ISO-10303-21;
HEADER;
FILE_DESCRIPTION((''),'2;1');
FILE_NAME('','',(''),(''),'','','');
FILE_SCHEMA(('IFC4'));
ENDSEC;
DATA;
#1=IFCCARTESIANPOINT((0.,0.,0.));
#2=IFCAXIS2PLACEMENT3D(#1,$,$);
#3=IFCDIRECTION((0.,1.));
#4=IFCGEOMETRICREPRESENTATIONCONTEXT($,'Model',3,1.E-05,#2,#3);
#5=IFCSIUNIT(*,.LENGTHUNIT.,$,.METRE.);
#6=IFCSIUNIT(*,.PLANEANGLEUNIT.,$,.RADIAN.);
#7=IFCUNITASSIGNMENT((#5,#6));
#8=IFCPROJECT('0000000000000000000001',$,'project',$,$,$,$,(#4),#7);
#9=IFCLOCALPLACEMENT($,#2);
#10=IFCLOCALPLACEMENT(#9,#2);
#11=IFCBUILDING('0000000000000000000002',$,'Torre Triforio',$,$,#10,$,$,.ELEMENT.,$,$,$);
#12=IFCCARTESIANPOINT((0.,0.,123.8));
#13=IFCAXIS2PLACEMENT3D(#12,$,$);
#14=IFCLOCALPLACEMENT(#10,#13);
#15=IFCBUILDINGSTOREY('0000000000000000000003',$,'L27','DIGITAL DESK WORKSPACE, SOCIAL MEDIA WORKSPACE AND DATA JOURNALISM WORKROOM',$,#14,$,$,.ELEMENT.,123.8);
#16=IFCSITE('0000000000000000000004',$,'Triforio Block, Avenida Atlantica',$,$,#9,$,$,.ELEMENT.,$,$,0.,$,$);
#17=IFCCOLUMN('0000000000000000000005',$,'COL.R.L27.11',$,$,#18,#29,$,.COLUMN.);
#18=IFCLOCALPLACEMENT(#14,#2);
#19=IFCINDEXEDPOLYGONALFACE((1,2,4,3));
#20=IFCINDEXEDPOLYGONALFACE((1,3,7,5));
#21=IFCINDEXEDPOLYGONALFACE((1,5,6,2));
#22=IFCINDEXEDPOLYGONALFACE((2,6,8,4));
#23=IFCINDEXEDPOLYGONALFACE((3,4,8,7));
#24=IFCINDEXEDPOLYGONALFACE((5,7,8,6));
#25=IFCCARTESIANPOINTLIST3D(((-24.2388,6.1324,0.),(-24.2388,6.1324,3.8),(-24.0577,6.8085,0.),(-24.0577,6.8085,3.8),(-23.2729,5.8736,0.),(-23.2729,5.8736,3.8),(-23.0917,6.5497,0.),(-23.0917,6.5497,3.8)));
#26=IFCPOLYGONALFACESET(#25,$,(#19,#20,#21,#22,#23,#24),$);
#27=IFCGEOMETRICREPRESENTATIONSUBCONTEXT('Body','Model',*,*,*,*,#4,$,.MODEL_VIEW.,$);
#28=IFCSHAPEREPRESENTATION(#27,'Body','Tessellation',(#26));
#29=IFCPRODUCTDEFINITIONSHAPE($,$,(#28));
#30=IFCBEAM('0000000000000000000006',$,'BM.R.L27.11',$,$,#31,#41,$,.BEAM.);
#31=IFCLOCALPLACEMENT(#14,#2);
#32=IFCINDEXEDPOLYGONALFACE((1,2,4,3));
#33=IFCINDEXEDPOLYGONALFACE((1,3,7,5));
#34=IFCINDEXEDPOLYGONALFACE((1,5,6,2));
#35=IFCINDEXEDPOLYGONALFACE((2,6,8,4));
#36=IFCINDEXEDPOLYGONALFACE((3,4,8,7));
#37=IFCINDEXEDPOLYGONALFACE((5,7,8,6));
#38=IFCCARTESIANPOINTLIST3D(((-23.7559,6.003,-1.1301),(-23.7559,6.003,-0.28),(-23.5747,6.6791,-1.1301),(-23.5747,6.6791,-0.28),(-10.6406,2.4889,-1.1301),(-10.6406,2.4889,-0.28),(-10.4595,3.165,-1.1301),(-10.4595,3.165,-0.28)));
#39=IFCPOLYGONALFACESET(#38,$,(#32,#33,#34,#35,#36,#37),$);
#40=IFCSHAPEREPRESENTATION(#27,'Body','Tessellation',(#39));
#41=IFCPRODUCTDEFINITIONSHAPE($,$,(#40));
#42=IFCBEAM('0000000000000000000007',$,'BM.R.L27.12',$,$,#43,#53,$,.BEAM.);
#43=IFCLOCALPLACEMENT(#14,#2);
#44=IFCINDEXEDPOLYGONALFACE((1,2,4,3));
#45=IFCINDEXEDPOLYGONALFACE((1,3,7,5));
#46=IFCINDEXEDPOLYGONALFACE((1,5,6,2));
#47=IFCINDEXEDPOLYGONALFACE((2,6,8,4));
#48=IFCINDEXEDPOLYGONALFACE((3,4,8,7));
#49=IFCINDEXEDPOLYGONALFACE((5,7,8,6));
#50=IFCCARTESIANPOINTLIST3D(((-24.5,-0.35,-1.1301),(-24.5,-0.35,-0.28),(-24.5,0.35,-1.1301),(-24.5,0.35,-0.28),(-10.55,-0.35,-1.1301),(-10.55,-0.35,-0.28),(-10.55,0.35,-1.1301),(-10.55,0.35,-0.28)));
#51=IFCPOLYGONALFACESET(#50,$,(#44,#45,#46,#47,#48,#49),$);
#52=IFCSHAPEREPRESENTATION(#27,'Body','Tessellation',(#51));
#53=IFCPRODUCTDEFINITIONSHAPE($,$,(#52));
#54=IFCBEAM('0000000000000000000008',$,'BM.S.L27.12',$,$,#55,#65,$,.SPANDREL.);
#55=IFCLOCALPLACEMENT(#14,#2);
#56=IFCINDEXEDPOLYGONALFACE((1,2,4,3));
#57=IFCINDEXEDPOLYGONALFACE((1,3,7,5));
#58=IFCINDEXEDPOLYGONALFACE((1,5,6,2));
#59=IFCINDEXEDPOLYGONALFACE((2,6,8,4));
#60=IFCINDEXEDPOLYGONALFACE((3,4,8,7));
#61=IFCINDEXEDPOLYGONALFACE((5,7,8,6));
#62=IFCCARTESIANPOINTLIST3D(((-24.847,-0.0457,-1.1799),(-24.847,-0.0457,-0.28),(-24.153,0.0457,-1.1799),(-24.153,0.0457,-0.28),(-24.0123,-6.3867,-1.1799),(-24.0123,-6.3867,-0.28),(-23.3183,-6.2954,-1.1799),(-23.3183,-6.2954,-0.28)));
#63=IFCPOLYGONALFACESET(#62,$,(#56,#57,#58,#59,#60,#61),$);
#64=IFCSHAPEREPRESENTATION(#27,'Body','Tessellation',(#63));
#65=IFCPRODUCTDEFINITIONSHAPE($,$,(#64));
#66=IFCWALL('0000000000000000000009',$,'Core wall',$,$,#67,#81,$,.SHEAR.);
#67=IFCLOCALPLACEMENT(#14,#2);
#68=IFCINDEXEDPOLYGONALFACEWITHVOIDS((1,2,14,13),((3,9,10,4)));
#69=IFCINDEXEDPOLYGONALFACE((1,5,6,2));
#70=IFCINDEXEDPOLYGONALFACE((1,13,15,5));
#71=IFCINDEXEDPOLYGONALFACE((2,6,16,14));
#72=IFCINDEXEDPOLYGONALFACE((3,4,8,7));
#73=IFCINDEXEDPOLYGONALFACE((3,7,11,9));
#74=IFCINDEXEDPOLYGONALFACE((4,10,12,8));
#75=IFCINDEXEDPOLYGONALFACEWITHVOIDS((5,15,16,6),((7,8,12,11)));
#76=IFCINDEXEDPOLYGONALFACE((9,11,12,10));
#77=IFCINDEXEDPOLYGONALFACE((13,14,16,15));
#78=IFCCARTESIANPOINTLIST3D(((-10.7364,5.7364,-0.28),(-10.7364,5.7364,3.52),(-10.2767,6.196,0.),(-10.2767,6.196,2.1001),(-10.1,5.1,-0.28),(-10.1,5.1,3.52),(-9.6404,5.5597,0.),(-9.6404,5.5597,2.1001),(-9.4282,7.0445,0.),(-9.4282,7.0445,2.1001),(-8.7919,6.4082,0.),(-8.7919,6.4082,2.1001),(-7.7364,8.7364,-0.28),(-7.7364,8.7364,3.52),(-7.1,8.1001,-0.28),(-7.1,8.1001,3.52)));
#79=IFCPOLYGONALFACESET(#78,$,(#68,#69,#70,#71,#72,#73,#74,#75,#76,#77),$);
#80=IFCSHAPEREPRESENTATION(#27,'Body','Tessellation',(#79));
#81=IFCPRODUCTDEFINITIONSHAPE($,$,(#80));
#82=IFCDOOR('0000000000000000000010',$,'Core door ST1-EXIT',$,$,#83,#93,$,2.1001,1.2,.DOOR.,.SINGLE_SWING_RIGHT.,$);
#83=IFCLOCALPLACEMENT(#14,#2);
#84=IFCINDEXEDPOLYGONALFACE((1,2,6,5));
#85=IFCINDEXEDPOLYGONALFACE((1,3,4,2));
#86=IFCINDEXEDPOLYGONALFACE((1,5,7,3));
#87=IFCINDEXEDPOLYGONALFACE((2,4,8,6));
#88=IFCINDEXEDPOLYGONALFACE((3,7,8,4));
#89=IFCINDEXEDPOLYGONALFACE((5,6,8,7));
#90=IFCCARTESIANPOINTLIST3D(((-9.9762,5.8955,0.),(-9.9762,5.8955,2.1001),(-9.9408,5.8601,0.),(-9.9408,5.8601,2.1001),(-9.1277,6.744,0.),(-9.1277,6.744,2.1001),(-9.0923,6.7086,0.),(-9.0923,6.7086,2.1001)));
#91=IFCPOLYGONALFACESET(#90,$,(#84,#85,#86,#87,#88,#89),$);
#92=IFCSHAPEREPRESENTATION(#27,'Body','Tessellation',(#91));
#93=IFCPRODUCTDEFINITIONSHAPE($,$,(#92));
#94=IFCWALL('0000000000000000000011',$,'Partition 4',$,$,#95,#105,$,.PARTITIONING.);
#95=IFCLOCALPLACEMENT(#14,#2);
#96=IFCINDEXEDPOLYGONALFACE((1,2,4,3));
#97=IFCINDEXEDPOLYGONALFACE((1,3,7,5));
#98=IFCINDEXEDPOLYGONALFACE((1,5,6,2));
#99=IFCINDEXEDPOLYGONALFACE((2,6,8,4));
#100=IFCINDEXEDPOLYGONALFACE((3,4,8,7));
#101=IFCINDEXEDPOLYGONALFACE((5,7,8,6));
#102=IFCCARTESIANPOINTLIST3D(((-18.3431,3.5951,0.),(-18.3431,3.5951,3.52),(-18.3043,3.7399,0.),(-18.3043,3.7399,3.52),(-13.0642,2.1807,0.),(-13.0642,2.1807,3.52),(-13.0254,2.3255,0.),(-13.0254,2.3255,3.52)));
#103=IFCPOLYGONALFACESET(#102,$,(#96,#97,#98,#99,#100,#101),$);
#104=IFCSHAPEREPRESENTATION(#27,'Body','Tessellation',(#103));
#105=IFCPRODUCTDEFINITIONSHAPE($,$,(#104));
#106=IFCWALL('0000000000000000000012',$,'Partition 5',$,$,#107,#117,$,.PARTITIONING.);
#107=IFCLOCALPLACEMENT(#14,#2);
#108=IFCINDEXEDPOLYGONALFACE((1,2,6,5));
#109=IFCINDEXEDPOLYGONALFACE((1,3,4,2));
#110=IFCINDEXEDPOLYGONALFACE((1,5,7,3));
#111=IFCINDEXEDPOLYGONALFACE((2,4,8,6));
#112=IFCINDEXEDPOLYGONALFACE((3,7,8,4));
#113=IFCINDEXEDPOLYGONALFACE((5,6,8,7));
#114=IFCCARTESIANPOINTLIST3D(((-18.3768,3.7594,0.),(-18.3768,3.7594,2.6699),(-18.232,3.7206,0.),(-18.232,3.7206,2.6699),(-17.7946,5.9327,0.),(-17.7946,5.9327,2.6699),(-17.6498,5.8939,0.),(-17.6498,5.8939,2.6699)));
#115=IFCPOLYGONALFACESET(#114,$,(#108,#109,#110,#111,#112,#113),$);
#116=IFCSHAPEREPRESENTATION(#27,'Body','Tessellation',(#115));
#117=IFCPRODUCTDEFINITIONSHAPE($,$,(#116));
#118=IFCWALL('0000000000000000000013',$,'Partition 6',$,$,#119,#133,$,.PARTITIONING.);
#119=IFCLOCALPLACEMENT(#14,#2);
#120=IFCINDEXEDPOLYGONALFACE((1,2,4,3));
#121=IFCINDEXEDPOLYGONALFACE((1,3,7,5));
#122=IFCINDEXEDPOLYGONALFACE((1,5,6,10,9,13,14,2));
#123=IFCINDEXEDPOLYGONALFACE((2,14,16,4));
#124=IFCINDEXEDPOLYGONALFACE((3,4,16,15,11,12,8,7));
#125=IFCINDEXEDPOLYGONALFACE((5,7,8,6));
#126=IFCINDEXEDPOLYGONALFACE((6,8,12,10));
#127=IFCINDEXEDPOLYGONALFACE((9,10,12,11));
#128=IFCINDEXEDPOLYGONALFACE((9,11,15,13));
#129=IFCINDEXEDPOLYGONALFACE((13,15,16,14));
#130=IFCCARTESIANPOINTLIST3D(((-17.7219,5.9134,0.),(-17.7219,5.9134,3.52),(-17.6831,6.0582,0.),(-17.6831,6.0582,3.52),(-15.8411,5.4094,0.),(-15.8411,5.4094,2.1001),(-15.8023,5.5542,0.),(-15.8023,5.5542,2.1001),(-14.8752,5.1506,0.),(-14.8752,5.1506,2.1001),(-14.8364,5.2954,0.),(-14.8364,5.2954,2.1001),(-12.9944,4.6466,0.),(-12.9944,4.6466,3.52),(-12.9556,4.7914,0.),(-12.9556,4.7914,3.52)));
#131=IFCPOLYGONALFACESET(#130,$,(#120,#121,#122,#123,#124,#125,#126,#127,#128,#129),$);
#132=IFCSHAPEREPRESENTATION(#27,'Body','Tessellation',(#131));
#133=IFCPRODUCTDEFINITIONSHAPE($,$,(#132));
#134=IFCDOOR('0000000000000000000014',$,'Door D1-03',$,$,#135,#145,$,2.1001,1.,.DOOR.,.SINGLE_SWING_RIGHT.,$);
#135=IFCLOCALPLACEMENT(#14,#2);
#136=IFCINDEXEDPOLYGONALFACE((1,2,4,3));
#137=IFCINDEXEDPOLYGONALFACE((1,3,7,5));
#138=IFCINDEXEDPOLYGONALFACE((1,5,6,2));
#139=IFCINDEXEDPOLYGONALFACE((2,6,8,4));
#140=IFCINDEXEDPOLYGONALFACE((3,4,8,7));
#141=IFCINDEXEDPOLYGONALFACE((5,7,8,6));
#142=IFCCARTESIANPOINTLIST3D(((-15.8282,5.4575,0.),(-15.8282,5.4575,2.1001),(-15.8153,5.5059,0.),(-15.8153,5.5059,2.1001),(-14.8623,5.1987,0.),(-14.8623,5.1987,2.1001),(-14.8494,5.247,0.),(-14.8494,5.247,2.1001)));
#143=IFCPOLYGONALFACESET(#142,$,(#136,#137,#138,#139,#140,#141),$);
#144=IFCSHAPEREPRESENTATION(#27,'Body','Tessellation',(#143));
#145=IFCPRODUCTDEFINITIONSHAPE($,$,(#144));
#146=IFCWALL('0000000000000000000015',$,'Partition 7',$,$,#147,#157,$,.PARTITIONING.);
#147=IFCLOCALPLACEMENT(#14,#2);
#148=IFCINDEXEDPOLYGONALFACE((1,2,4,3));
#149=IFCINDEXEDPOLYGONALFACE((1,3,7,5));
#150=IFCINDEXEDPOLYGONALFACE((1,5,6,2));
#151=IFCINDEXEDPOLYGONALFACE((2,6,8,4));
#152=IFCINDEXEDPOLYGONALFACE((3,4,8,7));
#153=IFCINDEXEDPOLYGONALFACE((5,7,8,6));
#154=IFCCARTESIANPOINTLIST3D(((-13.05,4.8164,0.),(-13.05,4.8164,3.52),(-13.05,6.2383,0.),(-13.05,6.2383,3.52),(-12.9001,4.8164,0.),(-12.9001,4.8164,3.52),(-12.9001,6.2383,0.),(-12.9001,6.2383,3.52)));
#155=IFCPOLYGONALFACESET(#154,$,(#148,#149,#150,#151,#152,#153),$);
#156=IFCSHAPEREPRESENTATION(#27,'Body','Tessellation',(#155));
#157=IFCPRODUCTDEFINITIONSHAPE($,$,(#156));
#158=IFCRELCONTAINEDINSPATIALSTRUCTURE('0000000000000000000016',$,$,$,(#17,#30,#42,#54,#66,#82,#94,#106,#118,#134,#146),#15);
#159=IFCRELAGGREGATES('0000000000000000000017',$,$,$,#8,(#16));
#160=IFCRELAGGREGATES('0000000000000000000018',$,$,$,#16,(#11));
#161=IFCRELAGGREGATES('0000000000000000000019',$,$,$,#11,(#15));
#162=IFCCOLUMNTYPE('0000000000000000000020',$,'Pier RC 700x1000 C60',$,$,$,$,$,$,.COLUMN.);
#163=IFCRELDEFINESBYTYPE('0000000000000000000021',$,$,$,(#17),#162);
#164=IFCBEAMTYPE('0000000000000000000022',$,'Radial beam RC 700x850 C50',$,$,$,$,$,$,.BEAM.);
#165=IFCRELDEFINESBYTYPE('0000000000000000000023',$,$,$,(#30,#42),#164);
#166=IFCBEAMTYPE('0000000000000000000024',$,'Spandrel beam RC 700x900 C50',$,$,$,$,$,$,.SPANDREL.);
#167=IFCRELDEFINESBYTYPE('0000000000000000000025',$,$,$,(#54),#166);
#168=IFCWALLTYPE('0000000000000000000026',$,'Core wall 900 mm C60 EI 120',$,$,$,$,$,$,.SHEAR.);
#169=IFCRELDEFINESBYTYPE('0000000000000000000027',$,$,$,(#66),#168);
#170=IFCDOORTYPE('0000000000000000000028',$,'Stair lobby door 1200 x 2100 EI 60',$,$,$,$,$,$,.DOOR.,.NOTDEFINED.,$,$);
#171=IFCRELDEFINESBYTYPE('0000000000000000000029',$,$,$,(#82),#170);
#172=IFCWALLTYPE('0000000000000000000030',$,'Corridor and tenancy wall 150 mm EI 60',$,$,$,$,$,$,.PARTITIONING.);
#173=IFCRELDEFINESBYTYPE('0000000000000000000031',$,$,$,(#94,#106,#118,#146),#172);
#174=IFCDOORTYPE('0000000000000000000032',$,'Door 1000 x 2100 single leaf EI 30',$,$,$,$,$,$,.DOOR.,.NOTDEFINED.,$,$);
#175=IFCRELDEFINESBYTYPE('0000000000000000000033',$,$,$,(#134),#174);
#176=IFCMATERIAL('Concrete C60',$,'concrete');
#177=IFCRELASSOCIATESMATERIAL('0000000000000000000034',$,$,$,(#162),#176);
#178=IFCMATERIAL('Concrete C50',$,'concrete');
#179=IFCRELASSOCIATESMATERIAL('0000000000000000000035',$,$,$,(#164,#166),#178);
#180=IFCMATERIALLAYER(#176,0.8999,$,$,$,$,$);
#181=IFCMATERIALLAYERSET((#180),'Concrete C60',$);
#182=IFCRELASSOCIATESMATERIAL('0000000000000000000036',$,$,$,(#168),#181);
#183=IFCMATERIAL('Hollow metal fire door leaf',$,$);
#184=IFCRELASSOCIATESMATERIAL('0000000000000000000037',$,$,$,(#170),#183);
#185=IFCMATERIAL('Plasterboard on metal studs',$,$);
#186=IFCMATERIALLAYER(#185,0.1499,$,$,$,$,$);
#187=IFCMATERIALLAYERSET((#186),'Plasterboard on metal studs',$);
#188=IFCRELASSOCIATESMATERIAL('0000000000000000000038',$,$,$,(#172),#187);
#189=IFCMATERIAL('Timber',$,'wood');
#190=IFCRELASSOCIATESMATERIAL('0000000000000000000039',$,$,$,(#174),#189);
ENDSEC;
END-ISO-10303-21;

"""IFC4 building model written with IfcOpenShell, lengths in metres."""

from ifc_helpers import new_model, si_unit, direction, frame, frame_2d, origin, origin_2d, place, context, subcontext, project, spatial, rectangle, extrude, material, layer, layer_set, material_profile, profile_set, type_object, element, fill, save


model = new_model("IFC4")

# Units and contexts
model_context = context("Model", 3, precision=1e-05, world=origin(), true_north=direction((0.0, 1.0)))
body_context = subcontext(model_context, "Body", "Model", "MODEL_VIEW")
ifc_project = project(units=[si_unit("LENGTHUNIT", "METRE"), si_unit("PLANEANGLEUNIT", "RADIAN")], contexts=[model_context])

# Site, building, storey
site_placement = place(None, origin())
site = spatial("IfcSite", under=ifc_project, at=site_placement, Name="Triforio Block, Avenida Atlantica", CompositionType="ELEMENT", RefElevation=0.0)
building_placement = place(site_placement, origin())
building = spatial("IfcBuilding", under=site, at=building_placement, Name="Torre Triforio", CompositionType="ELEMENT")
storey_placement = place(building_placement, frame((0.0, 0.0, 123.8)))
storey = spatial("IfcBuildingStorey", under=building, at=storey_placement, Name="L27", Description="DIGITAL DESK WORKSPACE, SOCIAL MEDIA WORKSPACE AND DATA JOURNALISM WORKROOM", CompositionType="ELEMENT", Elevation=123.8)

# Column
ifc_material_1 = material(Name="Concrete C60", Category="concrete")
ifc_material_profile_1 = material_profile(ifc_material_1, rectangle(XDim=0.7, YDim=1.0, at=origin_2d()), Name="RC 700x1000")
ifc_profile_set_1 = profile_set([ifc_material_profile_1], Name="Concrete C60")
column_type = type_object("IfcColumnType", Name="Pier RC 700x1000 C60", PredefinedType="COLUMN", material=ifc_profile_set_1)
column_placement = place(storey_placement, frame((-23.6653, 6.3411, 0.0), z_axis=(0.0, 0.0, 1.0), x_axis=(-0.258819, -0.965926, 0.0)))
element("IfcColumn", 1, at=column_placement, inside=storey, type_object=column_type, Name="COL.R.L27.11", PredefinedType="COLUMN", context=body_context, shape_type="SweptSolid", body=[
    extrude(rectangle(XDim=0.7, YDim=1.0, at=origin_2d()), origin(), (0.0, 0.0, 1.0), 3.8),
])

# Beams
ifc_material_2 = material(Name="Concrete C50", Category="concrete")
ifc_material_profile_2 = material_profile(ifc_material_2, rectangle(XDim=0.7, YDim=0.8501, at=origin_2d()), Name="RC 700x850")
ifc_profile_set_2 = profile_set([ifc_material_profile_2], Name="Concrete C50")
beam_type_1 = type_object("IfcBeamType", Name="Radial beam RC 700x850 C50", PredefinedType="BEAM", material=ifc_profile_set_2)
beam_1_placement = place(storey_placement, frame((-10.55, 2.8269, -0.7051), z_axis=(-0.965927, 0.258815, 0.0), x_axis=(-0.258815, -0.965927, 0.0)))
element("IfcBeam", 2, at=beam_1_placement, inside=storey, type_object=beam_type_1, Name="BM.R.L27.11", PredefinedType="BEAM", context=body_context, shape_type="SweptSolid", body=[
    extrude(rectangle(XDim=0.7, YDim=0.8501, at=origin_2d()), origin(), (0.0, 0.0, 1.0), 13.5779),
])
beam_2_placement = place(storey_placement, frame((-10.55, 0.0, -0.7051), z_axis=(-1.0, 0.0, 0.0), x_axis=(0.0, -1.0, 0.0)))
element("IfcBeam", 3, at=beam_2_placement, inside=storey, type_object=beam_type_1, Name="BM.R.L27.12", PredefinedType="BEAM", context=body_context, shape_type="SweptSolid", body=[
    extrude(rectangle(XDim=0.7, YDim=0.8501, at=origin_2d()), origin(), (0.0, 0.0, 1.0), 13.95),
])
ifc_material_profile_3 = material_profile(ifc_material_2, rectangle(XDim=0.7, YDim=0.8999, at=origin_2d()), Name="RC 700x900")
ifc_profile_set_3 = profile_set([ifc_material_profile_3], Name="Concrete C50")
beam_type_2 = type_object("IfcBeamType", Name="Spandrel beam RC 700x900 C50", PredefinedType="SPANDREL", material=ifc_profile_set_3)
beam_3_placement = place(storey_placement, frame((-24.5, 0.0, -0.73), z_axis=(0.130511, -0.991447, 0.0), x_axis=(0.991447, 0.130511, 0.0)))
element("IfcBeam", 4, at=beam_3_placement, inside=storey, type_object=beam_type_2, Name="BM.S.L27.12", PredefinedType="SPANDREL", context=body_context, shape_type="SweptSolid", body=[
    extrude(rectangle(XDim=0.7, YDim=0.8999, at=origin_2d()), origin(), (0.0, 0.0, 1.0), 6.3958),
])

# Wall, opening, door
ifc_layer_1 = layer(ifc_material_1, 0.8999)
ifc_layer_set_1 = layer_set([ifc_layer_1], Name="Concrete C60")
wall_type_1 = type_object("IfcWallType", Name="Core wall 900 mm C60 EI 120", PredefinedType="SHEAR", material=ifc_layer_set_1)
wall_1_placement = place(storey_placement, frame((-10.4182, 5.4182, -0.28), z_axis=(0.0, 0.0, 1.0), x_axis=(0.707107, 0.707107, 0.0)))
wall_1 = element("IfcWall", 5, at=wall_1_placement, inside=storey, type_object=wall_type_1, Name="Core wall", PredefinedType="SHEAR", context=body_context, shape_type="SweptSolid", body=[
    extrude(rectangle(XDim=4.2427, YDim=0.8999, at=frame_2d((2.1213, 0.0))), origin(), (0.0, 0.0, 1.0), 3.8),
])
opening_1_placement = place(wall_1_placement, frame((0.6499, 0.0, 0.28)))
opening_1 = element("IfcOpeningElement", 6, at=opening_1_placement, cuts=wall_1, PredefinedType="OPENING", context=body_context, shape_type="SweptSolid", body=[
    extrude(rectangle(XDim=1.2, YDim=2.1001, at=frame_2d((0.6001, 1.05))), frame((0.0, 0.46, 0.0), z_axis=(0.0, -1.0, 0.0), x_axis=(1.0, 0.0, 0.0)), (0.0, 0.0, 1.0), 0.9199),
])
ifc_material_3 = material(Name="Hollow metal fire door leaf")
door_type_1 = type_object("IfcDoorType", Name="Stair lobby door 1200 x 2100 EI 60", OperationType="NOTDEFINED", PredefinedType="DOOR", material=ifc_material_3)
door_1_placement = place(opening_1_placement, origin())
door_1 = element("IfcDoor", 7, at=door_1_placement, inside=storey, type_object=door_type_1, Name="Core door ST1-EXIT", OperationType="SINGLE_SWING_RIGHT", OverallHeight=2.1001, OverallWidth=1.2, PredefinedType="DOOR", context=body_context, shape_type="SweptSolid", body=[
    extrude(rectangle(XDim=1.2, YDim=2.1001, at=frame_2d((0.6001, 1.05))), frame((0.0, 0.0249, 0.0), z_axis=(0.0, -1.0, 0.0), x_axis=(1.0, 0.0, 0.0)), (0.0, 0.0, 1.0), 0.05),
])
fill(opening_1, door_1)

# Walls
ifc_material_4 = material(Name="Plasterboard on metal studs")
ifc_layer_2 = layer(ifc_material_4, 0.1499)
ifc_layer_set_2 = layer_set([ifc_layer_2], Name="Plasterboard on metal studs")
wall_type_2 = type_object("IfcWallType", Name="Corridor and tenancy wall 150 mm EI 60", PredefinedType="PARTITIONING", material=ifc_layer_set_2)
wall_2_placement = place(storey_placement, frame((-13.0449, 2.2532, 0.0), z_axis=(0.0, 0.0, 1.0), x_axis=(-0.965932, 0.258794, 0.0)))
element("IfcWall", 8, at=wall_2_placement, inside=storey, type_object=wall_type_2, Name="Partition 4", PredefinedType="PARTITIONING", context=body_context, shape_type="SweptSolid", body=[
    extrude(rectangle(XDim=5.4651, YDim=0.1499, at=frame_2d((2.7324, 0.0))), origin(), (0.0, 0.0, 1.0), 3.52),
])
wall_3_placement = place(storey_placement, frame((-18.3044, 3.74, 0.0), z_axis=(0.0, 0.0, 1.0), x_axis=(0.25879, 0.965934, 0.0)))
element("IfcWall", 9, at=wall_3_placement, inside=storey, type_object=wall_type_2, Name="Partition 5", PredefinedType="PARTITIONING", context=body_context, shape_type="SweptSolid", body=[
    extrude(rectangle(XDim=2.25, YDim=0.1499, at=frame_2d((1.125, 0.0))), origin(), (0.0, 0.0, 1.0), 2.6699),
])

# Wall, opening, door
wall_4_placement = place(storey_placement, frame((-17.7026, 5.9858, 0.0), z_axis=(0.0, 0.0, 1.0), x_axis=(0.96592, -0.258839, 0.0)))
wall_4 = element("IfcWall", 10, at=wall_4_placement, inside=storey, type_object=wall_type_2, Name="Partition 6", PredefinedType="PARTITIONING", context=body_context, shape_type="SweptSolid", body=[
    extrude(rectangle(XDim=4.8943, YDim=0.1499, at=frame_2d((2.4473, 0.0))), origin(), (0.0, 0.0, 1.0), 3.52),
])
opening_2_placement = place(wall_4_placement, frame((1.9473, 0.0, 0.0)))
opening_2 = element("IfcOpeningElement", 11, at=opening_2_placement, cuts=wall_4, PredefinedType="OPENING", context=body_context, shape_type="SweptSolid", body=[
    extrude(rectangle(XDim=1.0, YDim=2.1001, at=frame_2d((0.5, 1.05))), frame((0.0, 0.085, 0.0), z_axis=(0.0, -1.0, 0.0), x_axis=(1.0, 0.0, 0.0)), (0.0, 0.0, 1.0), 0.1699),
])
ifc_material_5 = material(Name="Timber", Category="wood")
door_type_2 = type_object("IfcDoorType", Name="Door 1000 x 2100 single leaf EI 30", OperationType="NOTDEFINED", PredefinedType="DOOR", material=ifc_material_5)
door_2_placement = place(opening_2_placement, origin())
door_2 = element("IfcDoor", 12, at=door_2_placement, inside=storey, type_object=door_type_2, Name="Door D1-03", OperationType="SINGLE_SWING_RIGHT", OverallHeight=2.1001, OverallWidth=1.0, PredefinedType="DOOR", context=body_context, shape_type="SweptSolid", body=[
    extrude(rectangle(XDim=1.0, YDim=2.1001, at=frame_2d((0.5, 1.05))), frame((0.0, 0.0249, 0.0), z_axis=(0.0, -1.0, 0.0), x_axis=(1.0, 0.0, 0.0)), (0.0, 0.0, 1.0), 0.05),
])
fill(opening_2, door_2)

# Wall
wall_5_placement = place(storey_placement, frame((-12.9751, 4.8164, 0.0), z_axis=(0.0, 0.0, 1.0), x_axis=(0.0, 1.0, 0.0)))
element("IfcWall", 13, at=wall_5_placement, inside=storey, type_object=wall_type_2, Name="Partition 7", PredefinedType="PARTITIONING", context=body_context, shape_type="SweptSolid", body=[
    extrude(rectangle(XDim=1.4219, YDim=0.1499, at=frame_2d((0.7109, 0.0))), origin(), (0.0, 0.0, 1.0), 3.52),
])

save(model, "model.ifc")
